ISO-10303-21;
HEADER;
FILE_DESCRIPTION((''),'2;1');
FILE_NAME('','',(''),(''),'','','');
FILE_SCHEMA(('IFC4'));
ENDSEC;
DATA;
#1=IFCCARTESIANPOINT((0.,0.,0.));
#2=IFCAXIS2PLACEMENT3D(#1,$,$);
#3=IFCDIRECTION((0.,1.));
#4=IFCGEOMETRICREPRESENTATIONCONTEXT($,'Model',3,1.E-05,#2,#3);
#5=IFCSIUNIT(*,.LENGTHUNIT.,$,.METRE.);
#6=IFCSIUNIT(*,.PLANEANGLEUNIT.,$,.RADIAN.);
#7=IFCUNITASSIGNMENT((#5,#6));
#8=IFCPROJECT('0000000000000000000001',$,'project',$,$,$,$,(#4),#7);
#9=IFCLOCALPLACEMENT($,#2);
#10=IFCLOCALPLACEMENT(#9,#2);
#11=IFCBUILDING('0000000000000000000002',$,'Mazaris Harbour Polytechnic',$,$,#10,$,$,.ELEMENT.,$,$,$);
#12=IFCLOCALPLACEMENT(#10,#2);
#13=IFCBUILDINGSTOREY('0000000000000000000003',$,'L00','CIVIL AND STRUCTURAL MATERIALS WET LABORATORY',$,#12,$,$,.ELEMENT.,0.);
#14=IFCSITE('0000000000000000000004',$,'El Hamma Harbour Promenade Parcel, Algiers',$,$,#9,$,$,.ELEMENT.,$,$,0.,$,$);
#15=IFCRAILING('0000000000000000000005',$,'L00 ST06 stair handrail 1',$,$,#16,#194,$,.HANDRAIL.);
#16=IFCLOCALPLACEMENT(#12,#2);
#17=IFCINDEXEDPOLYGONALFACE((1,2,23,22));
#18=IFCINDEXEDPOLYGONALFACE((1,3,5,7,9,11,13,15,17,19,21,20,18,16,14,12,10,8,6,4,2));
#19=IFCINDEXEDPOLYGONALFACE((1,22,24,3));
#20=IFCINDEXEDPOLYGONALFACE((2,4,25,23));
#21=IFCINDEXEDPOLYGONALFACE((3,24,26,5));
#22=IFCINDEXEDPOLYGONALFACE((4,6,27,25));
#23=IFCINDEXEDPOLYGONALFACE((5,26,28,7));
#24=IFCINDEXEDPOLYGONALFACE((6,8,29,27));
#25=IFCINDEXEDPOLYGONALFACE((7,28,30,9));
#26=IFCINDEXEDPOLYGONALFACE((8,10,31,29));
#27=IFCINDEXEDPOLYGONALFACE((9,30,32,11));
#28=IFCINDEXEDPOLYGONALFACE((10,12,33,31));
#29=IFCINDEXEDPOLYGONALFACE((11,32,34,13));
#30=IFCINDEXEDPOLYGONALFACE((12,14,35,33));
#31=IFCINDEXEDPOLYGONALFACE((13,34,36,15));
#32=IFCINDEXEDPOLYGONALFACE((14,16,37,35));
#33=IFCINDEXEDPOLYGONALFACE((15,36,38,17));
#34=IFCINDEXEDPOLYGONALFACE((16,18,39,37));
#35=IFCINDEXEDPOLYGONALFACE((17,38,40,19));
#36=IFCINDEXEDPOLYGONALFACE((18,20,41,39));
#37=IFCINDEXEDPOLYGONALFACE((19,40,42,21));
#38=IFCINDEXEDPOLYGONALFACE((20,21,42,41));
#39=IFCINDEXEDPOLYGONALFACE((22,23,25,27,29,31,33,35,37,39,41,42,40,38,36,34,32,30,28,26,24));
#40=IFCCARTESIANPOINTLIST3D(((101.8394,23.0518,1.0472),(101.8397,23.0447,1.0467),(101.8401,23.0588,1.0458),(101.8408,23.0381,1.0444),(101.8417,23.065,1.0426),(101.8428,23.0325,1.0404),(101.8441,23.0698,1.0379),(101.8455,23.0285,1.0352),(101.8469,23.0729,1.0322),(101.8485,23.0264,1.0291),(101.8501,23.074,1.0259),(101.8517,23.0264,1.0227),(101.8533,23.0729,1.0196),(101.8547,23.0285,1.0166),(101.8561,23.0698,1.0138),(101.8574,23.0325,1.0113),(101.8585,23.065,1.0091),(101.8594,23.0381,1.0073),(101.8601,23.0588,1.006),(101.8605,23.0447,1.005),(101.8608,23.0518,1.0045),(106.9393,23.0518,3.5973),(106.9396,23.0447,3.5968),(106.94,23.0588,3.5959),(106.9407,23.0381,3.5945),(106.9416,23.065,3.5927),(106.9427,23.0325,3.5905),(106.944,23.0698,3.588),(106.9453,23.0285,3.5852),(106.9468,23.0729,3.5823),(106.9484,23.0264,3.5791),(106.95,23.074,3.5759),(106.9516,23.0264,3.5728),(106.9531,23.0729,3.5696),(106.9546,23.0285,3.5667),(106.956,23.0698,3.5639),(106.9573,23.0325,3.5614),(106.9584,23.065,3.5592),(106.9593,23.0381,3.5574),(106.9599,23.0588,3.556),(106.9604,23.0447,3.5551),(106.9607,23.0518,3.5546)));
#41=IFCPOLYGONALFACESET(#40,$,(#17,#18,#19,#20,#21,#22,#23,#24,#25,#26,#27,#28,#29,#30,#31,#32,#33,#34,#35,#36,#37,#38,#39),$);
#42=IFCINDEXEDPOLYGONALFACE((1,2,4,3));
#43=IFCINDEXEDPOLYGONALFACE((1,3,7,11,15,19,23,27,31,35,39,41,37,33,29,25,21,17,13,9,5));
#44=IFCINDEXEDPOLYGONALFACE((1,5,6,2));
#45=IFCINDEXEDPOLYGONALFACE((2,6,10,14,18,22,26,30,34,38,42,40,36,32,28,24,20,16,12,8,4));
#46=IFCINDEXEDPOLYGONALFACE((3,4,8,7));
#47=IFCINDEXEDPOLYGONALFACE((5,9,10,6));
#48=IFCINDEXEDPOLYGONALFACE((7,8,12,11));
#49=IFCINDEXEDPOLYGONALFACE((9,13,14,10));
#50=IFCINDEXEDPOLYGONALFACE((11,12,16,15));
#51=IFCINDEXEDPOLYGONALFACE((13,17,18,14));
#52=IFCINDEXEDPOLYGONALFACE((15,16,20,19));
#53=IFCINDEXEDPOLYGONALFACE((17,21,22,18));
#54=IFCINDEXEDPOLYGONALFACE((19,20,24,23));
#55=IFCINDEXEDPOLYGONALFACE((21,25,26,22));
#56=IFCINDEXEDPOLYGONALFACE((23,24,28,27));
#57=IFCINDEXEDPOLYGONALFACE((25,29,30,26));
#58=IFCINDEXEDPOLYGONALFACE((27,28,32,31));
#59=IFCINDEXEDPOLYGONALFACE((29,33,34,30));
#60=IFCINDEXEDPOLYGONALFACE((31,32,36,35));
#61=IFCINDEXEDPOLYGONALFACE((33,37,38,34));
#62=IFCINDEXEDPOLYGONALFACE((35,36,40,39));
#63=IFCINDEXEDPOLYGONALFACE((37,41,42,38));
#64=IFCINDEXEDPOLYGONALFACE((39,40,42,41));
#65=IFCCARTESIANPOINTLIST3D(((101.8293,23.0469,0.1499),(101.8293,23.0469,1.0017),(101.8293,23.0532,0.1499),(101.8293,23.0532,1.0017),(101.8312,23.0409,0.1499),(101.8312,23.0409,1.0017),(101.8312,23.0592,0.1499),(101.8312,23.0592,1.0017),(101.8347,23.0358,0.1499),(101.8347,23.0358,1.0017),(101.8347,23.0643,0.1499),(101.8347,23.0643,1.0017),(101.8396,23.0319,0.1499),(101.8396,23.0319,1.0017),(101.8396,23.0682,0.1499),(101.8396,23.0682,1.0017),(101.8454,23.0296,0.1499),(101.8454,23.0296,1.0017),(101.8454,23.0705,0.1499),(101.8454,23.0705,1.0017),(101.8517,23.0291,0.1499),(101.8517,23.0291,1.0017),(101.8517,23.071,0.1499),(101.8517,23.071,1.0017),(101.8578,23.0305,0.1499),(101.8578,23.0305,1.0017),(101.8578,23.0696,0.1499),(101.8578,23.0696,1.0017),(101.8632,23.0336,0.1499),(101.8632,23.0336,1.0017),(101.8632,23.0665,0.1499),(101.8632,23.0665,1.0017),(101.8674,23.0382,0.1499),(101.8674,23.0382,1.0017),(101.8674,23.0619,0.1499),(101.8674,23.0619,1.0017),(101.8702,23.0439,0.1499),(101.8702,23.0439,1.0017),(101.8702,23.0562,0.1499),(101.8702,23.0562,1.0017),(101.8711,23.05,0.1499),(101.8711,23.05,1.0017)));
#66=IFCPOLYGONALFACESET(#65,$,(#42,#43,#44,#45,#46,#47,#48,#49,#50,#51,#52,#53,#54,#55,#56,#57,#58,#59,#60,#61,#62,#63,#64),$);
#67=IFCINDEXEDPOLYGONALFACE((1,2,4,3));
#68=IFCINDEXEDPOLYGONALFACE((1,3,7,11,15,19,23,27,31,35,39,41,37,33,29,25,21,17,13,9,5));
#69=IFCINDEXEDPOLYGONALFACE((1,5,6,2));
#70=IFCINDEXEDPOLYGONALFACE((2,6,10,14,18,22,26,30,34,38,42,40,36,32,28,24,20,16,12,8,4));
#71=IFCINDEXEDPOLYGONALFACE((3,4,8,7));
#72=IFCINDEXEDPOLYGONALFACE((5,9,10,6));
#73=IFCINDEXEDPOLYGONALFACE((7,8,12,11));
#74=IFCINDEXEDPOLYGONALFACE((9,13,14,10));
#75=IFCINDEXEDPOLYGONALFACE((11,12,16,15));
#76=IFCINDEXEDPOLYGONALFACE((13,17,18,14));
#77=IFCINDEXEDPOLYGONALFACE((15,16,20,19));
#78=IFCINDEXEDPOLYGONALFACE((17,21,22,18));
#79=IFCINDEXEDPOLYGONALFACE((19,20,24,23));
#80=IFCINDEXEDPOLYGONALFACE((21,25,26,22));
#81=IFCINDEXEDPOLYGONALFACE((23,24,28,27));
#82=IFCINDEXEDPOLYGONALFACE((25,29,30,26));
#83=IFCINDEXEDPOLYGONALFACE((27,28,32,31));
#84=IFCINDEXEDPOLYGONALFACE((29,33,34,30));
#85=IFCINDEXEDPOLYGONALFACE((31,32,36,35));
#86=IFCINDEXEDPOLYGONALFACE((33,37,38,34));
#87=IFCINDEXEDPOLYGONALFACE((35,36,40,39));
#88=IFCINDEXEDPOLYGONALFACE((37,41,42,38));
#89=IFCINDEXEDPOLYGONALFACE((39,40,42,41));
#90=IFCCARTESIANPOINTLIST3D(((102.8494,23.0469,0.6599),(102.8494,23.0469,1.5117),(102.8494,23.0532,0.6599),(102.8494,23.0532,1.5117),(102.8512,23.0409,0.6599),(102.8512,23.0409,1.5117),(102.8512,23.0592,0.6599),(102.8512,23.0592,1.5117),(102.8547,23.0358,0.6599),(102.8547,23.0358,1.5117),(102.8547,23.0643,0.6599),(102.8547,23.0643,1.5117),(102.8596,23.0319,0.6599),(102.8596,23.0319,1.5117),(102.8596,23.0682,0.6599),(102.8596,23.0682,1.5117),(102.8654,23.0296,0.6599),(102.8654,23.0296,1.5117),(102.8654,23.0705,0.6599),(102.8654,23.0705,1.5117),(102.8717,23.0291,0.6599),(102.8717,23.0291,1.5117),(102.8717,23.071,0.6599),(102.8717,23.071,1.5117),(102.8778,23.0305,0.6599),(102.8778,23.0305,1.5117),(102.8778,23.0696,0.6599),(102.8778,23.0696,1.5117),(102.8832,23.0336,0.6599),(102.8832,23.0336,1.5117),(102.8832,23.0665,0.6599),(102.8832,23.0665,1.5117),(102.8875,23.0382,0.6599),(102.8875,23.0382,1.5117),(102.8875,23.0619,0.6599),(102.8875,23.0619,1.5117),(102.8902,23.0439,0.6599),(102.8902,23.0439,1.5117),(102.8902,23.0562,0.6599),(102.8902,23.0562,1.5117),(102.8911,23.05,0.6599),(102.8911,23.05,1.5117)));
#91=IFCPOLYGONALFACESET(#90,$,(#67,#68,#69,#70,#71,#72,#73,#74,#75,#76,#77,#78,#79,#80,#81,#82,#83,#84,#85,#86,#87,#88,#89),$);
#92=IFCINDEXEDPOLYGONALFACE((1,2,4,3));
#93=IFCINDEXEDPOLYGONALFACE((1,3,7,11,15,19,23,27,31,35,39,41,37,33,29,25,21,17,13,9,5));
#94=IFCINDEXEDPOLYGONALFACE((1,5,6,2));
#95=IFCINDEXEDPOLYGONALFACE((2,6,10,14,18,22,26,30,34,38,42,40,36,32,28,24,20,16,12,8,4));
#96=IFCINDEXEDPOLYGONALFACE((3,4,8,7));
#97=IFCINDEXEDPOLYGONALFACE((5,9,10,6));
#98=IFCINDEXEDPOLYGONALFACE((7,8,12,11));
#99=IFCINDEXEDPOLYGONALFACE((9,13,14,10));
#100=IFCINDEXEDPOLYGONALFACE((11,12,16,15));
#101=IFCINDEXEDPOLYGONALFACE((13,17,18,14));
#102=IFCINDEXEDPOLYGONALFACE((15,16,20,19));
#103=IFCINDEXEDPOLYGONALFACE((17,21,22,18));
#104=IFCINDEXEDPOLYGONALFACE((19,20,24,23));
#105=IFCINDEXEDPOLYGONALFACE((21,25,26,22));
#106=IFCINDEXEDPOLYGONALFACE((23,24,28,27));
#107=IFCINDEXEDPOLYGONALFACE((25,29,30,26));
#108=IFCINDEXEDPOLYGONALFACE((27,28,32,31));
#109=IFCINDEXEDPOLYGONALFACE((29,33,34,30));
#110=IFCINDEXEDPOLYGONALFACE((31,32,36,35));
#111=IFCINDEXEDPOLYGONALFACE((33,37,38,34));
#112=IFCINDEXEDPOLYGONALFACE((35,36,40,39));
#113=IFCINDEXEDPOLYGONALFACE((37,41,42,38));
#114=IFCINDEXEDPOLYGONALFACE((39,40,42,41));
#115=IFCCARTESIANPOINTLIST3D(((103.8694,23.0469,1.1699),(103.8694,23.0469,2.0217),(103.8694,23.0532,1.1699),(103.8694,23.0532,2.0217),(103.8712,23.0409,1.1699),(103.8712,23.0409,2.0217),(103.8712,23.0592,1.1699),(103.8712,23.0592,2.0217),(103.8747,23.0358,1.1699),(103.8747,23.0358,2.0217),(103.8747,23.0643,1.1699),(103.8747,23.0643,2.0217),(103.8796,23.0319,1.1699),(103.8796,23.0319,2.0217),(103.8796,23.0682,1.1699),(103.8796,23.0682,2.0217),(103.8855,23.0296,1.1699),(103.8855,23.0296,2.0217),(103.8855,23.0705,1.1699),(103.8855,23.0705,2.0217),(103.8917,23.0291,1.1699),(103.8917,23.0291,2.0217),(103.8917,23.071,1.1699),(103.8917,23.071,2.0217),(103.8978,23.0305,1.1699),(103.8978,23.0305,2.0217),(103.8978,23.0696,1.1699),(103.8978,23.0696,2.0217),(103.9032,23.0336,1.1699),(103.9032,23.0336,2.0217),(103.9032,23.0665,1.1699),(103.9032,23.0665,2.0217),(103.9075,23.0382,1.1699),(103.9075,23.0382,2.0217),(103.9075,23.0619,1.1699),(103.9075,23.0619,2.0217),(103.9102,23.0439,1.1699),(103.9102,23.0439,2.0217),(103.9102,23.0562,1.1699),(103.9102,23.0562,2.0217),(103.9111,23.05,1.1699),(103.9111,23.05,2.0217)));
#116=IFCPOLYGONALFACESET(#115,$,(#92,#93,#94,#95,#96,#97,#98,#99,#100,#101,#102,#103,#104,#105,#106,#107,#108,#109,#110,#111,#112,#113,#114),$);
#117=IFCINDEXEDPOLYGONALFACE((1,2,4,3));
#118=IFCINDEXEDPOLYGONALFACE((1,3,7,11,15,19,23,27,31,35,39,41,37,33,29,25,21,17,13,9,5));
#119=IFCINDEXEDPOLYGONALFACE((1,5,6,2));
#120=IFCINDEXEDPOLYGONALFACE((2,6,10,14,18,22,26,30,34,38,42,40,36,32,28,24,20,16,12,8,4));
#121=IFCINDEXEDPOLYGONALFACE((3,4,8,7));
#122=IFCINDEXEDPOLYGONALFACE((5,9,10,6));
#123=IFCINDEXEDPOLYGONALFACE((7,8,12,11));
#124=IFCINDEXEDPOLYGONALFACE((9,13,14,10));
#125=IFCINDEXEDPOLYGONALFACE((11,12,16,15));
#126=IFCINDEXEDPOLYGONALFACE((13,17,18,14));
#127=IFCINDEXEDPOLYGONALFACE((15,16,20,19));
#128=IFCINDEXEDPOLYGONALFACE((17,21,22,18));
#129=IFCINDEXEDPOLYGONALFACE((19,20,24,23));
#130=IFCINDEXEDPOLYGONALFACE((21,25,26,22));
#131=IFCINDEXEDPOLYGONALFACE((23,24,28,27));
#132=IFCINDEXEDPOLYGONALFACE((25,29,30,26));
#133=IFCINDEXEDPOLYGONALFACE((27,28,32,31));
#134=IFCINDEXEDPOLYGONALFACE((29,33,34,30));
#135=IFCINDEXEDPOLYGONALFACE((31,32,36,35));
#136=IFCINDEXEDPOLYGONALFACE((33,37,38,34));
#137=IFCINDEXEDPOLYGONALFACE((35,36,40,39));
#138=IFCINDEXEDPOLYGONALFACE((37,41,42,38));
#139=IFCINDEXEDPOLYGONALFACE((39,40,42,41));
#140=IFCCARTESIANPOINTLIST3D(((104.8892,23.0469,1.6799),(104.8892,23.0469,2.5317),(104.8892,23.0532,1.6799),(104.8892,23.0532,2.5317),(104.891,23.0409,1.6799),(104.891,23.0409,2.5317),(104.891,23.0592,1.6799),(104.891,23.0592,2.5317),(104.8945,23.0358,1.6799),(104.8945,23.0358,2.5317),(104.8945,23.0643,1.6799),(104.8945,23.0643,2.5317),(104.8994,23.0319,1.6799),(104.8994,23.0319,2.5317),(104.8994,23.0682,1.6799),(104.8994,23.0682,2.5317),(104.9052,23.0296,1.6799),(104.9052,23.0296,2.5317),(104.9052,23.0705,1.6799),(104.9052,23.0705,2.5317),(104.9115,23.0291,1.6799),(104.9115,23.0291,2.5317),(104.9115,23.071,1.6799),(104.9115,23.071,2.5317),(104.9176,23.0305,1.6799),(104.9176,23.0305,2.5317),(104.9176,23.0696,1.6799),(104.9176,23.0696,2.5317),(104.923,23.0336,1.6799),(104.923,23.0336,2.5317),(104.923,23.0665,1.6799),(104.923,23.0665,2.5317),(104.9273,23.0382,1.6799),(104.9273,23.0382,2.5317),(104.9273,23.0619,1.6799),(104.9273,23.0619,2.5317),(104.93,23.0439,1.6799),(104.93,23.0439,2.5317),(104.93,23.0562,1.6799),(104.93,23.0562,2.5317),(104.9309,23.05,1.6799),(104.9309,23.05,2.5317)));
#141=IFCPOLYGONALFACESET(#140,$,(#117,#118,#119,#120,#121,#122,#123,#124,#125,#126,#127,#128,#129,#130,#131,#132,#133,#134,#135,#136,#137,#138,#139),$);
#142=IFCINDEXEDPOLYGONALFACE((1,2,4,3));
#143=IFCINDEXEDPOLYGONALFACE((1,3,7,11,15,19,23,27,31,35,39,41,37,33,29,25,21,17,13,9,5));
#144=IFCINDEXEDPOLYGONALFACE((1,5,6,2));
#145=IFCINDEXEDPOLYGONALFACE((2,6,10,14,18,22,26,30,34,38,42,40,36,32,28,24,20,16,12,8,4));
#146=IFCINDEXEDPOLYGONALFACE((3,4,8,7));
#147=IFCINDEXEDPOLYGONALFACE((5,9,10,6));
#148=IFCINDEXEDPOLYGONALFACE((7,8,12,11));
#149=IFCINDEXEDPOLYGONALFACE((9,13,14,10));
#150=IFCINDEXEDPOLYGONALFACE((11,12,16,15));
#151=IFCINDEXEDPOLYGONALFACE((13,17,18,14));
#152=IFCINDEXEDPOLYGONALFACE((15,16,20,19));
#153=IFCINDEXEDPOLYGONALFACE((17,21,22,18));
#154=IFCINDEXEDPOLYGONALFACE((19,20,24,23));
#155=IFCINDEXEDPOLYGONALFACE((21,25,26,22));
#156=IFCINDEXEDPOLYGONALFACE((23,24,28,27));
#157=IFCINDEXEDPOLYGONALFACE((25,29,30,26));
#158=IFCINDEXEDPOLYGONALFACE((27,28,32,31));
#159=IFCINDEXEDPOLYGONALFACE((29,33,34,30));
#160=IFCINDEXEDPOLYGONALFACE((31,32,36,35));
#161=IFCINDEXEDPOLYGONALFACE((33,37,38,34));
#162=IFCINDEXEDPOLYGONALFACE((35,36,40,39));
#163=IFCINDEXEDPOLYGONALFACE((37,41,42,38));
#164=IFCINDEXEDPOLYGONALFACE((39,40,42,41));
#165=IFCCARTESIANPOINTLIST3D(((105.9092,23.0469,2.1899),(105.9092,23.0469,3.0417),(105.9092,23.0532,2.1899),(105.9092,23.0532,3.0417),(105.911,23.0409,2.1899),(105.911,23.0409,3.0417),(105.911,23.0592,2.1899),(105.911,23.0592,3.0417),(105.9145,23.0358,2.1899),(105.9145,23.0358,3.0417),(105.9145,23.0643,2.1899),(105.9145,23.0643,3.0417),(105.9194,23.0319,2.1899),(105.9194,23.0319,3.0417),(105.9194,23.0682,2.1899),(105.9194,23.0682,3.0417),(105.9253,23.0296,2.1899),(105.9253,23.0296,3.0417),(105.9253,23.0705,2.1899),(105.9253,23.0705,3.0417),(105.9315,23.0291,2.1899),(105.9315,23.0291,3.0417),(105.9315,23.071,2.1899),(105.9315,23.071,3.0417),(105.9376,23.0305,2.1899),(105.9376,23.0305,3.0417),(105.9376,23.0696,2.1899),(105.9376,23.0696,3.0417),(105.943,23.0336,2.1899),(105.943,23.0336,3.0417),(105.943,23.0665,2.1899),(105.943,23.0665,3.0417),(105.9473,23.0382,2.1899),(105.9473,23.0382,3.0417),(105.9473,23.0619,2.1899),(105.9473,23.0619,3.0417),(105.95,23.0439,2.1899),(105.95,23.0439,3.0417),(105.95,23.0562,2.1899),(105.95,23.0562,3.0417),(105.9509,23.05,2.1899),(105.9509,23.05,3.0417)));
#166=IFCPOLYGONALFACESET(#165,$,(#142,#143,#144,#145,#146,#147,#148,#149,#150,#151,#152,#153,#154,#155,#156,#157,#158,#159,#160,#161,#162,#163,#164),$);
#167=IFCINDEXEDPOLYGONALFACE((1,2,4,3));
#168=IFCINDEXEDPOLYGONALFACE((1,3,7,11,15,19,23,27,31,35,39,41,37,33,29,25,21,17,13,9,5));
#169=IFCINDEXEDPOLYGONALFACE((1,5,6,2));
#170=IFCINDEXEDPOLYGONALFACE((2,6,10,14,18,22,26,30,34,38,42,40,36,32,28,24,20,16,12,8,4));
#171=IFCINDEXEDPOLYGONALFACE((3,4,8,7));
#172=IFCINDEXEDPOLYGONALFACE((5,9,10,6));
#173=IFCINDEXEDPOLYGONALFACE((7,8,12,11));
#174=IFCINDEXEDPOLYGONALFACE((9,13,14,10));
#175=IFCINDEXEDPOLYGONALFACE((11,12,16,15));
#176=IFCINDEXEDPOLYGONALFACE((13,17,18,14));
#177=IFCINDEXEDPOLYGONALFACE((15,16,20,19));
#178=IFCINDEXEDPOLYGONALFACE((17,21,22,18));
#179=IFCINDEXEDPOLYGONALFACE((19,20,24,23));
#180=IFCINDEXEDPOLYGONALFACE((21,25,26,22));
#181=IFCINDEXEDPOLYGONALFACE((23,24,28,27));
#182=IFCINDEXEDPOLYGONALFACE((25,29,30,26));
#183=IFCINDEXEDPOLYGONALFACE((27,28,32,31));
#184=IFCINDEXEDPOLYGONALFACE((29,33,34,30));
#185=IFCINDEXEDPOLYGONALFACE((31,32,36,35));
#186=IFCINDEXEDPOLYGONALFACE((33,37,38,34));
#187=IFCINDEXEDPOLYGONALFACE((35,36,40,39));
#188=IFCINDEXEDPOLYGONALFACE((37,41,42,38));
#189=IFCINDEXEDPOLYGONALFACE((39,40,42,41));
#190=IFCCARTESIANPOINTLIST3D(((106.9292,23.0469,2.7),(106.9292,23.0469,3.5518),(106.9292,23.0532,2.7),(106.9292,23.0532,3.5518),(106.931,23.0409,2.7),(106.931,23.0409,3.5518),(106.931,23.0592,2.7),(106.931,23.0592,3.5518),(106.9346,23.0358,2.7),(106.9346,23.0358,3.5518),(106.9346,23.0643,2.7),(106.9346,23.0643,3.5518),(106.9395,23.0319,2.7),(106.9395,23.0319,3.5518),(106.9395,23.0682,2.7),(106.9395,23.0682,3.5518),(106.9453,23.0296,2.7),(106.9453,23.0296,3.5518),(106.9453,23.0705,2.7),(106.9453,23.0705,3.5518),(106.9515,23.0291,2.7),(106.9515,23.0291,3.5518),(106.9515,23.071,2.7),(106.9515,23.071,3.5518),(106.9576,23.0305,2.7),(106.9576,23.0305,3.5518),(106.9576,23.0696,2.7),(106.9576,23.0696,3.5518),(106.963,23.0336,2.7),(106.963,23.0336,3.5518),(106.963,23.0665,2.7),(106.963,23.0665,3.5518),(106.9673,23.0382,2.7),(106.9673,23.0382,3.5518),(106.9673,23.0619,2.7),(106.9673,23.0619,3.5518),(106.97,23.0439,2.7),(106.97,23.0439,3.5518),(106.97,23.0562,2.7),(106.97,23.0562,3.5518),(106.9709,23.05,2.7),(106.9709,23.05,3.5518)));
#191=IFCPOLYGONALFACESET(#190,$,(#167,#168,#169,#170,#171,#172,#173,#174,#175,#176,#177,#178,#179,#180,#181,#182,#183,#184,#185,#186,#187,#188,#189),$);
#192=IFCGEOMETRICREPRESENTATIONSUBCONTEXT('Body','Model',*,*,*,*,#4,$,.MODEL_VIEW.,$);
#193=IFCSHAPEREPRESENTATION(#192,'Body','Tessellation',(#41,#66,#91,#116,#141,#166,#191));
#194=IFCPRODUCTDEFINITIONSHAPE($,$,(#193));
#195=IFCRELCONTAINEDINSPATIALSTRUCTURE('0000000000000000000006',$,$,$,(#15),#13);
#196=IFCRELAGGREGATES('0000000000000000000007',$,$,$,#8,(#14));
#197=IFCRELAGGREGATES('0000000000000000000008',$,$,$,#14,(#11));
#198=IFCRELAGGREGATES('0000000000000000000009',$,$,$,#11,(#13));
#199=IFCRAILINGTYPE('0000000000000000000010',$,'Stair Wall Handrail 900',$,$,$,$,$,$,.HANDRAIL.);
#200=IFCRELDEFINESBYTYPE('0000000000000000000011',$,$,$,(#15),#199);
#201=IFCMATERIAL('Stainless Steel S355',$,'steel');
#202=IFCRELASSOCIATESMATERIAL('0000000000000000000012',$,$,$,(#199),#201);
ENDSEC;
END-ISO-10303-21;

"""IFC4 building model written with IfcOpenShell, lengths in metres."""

from ifc_helpers import new_model, si_unit, direction, frame, origin, origin_2d, place, context, subcontext, project, spatial, circle, extrude, material, type_object, element, save


model = new_model("IFC4")

# Units and contexts
model_context = context("Model", 3, precision=1e-05, world=origin(), true_north=direction((0.0, 1.0)))
body_context = subcontext(model_context, "Body", "Model", "MODEL_VIEW")
ifc_project = project(units=[si_unit("LENGTHUNIT", "METRE"), si_unit("PLANEANGLEUNIT", "RADIAN")], contexts=[model_context])

# Site, building, storey
site_placement = place(None, origin())
site = spatial("IfcSite", under=ifc_project, at=site_placement, Name="El Hamma Harbour Promenade Parcel, Algiers", CompositionType="ELEMENT", RefElevation=0.0)
building_placement = place(site_placement, origin())
building = spatial("IfcBuilding", under=site, at=building_placement, Name="Mazaris Harbour Polytechnic", CompositionType="ELEMENT")
storey_placement = place(building_placement, origin())
storey = spatial("IfcBuildingStorey", under=building, at=storey_placement, Name="L00", Description="CIVIL AND STRUCTURAL MATERIALS WET LABORATORY", CompositionType="ELEMENT", Elevation=0.0)

# Railing
ifc_material_1 = material(Name="Stainless Steel S355", Category="steel")
railing_type_1 = type_object("IfcRailingType", Name="Stair Wall Handrail 900", PredefinedType="HANDRAIL", material=ifc_material_1)
railing_1_placement = place(storey_placement, frame((101.8501, 23.05, 0.1499)))
element("IfcRailing", 1, at=railing_1_placement, inside=storey, type_object=railing_type_1, Name="L00 ST06 stair handrail 1", PredefinedType="HANDRAIL", context=body_context, shape_type="SweptSolid", body=[
    extrude(circle(Radius=0.0239, at=origin_2d()), frame((0.0, 0.0, 0.876), z_axis=(0.894419, 0.0, 0.447231), x_axis=(0.0, 1.0, 0.0)), (0.0, 0.0, 1.0), 5.7019),
    extrude(circle(Radius=0.021, at=origin_2d()), origin(), (0.0, 0.0, 1.0), 0.8518),
    extrude(circle(Radius=0.021, at=origin_2d()), frame((1.02, 0.0, 0.51)), (0.0, 0.0, 1.0), 0.8518),
    extrude(circle(Radius=0.021, at=origin_2d()), frame((2.04, 0.0, 1.02)), (0.0, 0.0, 1.0), 0.8518),
    extrude(circle(Radius=0.021, at=origin_2d()), frame((3.0598, 0.0, 1.53)), (0.0, 0.0, 1.0), 0.8518),
    extrude(circle(Radius=0.021, at=origin_2d()), frame((4.0798, 0.0, 2.04)), (0.0, 0.0, 1.0), 0.8518),
    extrude(circle(Radius=0.021, at=origin_2d()), frame((5.0999, 0.0, 2.55)), (0.0, 0.0, 1.0), 0.8518),
])

save(model, "model.ifc")
